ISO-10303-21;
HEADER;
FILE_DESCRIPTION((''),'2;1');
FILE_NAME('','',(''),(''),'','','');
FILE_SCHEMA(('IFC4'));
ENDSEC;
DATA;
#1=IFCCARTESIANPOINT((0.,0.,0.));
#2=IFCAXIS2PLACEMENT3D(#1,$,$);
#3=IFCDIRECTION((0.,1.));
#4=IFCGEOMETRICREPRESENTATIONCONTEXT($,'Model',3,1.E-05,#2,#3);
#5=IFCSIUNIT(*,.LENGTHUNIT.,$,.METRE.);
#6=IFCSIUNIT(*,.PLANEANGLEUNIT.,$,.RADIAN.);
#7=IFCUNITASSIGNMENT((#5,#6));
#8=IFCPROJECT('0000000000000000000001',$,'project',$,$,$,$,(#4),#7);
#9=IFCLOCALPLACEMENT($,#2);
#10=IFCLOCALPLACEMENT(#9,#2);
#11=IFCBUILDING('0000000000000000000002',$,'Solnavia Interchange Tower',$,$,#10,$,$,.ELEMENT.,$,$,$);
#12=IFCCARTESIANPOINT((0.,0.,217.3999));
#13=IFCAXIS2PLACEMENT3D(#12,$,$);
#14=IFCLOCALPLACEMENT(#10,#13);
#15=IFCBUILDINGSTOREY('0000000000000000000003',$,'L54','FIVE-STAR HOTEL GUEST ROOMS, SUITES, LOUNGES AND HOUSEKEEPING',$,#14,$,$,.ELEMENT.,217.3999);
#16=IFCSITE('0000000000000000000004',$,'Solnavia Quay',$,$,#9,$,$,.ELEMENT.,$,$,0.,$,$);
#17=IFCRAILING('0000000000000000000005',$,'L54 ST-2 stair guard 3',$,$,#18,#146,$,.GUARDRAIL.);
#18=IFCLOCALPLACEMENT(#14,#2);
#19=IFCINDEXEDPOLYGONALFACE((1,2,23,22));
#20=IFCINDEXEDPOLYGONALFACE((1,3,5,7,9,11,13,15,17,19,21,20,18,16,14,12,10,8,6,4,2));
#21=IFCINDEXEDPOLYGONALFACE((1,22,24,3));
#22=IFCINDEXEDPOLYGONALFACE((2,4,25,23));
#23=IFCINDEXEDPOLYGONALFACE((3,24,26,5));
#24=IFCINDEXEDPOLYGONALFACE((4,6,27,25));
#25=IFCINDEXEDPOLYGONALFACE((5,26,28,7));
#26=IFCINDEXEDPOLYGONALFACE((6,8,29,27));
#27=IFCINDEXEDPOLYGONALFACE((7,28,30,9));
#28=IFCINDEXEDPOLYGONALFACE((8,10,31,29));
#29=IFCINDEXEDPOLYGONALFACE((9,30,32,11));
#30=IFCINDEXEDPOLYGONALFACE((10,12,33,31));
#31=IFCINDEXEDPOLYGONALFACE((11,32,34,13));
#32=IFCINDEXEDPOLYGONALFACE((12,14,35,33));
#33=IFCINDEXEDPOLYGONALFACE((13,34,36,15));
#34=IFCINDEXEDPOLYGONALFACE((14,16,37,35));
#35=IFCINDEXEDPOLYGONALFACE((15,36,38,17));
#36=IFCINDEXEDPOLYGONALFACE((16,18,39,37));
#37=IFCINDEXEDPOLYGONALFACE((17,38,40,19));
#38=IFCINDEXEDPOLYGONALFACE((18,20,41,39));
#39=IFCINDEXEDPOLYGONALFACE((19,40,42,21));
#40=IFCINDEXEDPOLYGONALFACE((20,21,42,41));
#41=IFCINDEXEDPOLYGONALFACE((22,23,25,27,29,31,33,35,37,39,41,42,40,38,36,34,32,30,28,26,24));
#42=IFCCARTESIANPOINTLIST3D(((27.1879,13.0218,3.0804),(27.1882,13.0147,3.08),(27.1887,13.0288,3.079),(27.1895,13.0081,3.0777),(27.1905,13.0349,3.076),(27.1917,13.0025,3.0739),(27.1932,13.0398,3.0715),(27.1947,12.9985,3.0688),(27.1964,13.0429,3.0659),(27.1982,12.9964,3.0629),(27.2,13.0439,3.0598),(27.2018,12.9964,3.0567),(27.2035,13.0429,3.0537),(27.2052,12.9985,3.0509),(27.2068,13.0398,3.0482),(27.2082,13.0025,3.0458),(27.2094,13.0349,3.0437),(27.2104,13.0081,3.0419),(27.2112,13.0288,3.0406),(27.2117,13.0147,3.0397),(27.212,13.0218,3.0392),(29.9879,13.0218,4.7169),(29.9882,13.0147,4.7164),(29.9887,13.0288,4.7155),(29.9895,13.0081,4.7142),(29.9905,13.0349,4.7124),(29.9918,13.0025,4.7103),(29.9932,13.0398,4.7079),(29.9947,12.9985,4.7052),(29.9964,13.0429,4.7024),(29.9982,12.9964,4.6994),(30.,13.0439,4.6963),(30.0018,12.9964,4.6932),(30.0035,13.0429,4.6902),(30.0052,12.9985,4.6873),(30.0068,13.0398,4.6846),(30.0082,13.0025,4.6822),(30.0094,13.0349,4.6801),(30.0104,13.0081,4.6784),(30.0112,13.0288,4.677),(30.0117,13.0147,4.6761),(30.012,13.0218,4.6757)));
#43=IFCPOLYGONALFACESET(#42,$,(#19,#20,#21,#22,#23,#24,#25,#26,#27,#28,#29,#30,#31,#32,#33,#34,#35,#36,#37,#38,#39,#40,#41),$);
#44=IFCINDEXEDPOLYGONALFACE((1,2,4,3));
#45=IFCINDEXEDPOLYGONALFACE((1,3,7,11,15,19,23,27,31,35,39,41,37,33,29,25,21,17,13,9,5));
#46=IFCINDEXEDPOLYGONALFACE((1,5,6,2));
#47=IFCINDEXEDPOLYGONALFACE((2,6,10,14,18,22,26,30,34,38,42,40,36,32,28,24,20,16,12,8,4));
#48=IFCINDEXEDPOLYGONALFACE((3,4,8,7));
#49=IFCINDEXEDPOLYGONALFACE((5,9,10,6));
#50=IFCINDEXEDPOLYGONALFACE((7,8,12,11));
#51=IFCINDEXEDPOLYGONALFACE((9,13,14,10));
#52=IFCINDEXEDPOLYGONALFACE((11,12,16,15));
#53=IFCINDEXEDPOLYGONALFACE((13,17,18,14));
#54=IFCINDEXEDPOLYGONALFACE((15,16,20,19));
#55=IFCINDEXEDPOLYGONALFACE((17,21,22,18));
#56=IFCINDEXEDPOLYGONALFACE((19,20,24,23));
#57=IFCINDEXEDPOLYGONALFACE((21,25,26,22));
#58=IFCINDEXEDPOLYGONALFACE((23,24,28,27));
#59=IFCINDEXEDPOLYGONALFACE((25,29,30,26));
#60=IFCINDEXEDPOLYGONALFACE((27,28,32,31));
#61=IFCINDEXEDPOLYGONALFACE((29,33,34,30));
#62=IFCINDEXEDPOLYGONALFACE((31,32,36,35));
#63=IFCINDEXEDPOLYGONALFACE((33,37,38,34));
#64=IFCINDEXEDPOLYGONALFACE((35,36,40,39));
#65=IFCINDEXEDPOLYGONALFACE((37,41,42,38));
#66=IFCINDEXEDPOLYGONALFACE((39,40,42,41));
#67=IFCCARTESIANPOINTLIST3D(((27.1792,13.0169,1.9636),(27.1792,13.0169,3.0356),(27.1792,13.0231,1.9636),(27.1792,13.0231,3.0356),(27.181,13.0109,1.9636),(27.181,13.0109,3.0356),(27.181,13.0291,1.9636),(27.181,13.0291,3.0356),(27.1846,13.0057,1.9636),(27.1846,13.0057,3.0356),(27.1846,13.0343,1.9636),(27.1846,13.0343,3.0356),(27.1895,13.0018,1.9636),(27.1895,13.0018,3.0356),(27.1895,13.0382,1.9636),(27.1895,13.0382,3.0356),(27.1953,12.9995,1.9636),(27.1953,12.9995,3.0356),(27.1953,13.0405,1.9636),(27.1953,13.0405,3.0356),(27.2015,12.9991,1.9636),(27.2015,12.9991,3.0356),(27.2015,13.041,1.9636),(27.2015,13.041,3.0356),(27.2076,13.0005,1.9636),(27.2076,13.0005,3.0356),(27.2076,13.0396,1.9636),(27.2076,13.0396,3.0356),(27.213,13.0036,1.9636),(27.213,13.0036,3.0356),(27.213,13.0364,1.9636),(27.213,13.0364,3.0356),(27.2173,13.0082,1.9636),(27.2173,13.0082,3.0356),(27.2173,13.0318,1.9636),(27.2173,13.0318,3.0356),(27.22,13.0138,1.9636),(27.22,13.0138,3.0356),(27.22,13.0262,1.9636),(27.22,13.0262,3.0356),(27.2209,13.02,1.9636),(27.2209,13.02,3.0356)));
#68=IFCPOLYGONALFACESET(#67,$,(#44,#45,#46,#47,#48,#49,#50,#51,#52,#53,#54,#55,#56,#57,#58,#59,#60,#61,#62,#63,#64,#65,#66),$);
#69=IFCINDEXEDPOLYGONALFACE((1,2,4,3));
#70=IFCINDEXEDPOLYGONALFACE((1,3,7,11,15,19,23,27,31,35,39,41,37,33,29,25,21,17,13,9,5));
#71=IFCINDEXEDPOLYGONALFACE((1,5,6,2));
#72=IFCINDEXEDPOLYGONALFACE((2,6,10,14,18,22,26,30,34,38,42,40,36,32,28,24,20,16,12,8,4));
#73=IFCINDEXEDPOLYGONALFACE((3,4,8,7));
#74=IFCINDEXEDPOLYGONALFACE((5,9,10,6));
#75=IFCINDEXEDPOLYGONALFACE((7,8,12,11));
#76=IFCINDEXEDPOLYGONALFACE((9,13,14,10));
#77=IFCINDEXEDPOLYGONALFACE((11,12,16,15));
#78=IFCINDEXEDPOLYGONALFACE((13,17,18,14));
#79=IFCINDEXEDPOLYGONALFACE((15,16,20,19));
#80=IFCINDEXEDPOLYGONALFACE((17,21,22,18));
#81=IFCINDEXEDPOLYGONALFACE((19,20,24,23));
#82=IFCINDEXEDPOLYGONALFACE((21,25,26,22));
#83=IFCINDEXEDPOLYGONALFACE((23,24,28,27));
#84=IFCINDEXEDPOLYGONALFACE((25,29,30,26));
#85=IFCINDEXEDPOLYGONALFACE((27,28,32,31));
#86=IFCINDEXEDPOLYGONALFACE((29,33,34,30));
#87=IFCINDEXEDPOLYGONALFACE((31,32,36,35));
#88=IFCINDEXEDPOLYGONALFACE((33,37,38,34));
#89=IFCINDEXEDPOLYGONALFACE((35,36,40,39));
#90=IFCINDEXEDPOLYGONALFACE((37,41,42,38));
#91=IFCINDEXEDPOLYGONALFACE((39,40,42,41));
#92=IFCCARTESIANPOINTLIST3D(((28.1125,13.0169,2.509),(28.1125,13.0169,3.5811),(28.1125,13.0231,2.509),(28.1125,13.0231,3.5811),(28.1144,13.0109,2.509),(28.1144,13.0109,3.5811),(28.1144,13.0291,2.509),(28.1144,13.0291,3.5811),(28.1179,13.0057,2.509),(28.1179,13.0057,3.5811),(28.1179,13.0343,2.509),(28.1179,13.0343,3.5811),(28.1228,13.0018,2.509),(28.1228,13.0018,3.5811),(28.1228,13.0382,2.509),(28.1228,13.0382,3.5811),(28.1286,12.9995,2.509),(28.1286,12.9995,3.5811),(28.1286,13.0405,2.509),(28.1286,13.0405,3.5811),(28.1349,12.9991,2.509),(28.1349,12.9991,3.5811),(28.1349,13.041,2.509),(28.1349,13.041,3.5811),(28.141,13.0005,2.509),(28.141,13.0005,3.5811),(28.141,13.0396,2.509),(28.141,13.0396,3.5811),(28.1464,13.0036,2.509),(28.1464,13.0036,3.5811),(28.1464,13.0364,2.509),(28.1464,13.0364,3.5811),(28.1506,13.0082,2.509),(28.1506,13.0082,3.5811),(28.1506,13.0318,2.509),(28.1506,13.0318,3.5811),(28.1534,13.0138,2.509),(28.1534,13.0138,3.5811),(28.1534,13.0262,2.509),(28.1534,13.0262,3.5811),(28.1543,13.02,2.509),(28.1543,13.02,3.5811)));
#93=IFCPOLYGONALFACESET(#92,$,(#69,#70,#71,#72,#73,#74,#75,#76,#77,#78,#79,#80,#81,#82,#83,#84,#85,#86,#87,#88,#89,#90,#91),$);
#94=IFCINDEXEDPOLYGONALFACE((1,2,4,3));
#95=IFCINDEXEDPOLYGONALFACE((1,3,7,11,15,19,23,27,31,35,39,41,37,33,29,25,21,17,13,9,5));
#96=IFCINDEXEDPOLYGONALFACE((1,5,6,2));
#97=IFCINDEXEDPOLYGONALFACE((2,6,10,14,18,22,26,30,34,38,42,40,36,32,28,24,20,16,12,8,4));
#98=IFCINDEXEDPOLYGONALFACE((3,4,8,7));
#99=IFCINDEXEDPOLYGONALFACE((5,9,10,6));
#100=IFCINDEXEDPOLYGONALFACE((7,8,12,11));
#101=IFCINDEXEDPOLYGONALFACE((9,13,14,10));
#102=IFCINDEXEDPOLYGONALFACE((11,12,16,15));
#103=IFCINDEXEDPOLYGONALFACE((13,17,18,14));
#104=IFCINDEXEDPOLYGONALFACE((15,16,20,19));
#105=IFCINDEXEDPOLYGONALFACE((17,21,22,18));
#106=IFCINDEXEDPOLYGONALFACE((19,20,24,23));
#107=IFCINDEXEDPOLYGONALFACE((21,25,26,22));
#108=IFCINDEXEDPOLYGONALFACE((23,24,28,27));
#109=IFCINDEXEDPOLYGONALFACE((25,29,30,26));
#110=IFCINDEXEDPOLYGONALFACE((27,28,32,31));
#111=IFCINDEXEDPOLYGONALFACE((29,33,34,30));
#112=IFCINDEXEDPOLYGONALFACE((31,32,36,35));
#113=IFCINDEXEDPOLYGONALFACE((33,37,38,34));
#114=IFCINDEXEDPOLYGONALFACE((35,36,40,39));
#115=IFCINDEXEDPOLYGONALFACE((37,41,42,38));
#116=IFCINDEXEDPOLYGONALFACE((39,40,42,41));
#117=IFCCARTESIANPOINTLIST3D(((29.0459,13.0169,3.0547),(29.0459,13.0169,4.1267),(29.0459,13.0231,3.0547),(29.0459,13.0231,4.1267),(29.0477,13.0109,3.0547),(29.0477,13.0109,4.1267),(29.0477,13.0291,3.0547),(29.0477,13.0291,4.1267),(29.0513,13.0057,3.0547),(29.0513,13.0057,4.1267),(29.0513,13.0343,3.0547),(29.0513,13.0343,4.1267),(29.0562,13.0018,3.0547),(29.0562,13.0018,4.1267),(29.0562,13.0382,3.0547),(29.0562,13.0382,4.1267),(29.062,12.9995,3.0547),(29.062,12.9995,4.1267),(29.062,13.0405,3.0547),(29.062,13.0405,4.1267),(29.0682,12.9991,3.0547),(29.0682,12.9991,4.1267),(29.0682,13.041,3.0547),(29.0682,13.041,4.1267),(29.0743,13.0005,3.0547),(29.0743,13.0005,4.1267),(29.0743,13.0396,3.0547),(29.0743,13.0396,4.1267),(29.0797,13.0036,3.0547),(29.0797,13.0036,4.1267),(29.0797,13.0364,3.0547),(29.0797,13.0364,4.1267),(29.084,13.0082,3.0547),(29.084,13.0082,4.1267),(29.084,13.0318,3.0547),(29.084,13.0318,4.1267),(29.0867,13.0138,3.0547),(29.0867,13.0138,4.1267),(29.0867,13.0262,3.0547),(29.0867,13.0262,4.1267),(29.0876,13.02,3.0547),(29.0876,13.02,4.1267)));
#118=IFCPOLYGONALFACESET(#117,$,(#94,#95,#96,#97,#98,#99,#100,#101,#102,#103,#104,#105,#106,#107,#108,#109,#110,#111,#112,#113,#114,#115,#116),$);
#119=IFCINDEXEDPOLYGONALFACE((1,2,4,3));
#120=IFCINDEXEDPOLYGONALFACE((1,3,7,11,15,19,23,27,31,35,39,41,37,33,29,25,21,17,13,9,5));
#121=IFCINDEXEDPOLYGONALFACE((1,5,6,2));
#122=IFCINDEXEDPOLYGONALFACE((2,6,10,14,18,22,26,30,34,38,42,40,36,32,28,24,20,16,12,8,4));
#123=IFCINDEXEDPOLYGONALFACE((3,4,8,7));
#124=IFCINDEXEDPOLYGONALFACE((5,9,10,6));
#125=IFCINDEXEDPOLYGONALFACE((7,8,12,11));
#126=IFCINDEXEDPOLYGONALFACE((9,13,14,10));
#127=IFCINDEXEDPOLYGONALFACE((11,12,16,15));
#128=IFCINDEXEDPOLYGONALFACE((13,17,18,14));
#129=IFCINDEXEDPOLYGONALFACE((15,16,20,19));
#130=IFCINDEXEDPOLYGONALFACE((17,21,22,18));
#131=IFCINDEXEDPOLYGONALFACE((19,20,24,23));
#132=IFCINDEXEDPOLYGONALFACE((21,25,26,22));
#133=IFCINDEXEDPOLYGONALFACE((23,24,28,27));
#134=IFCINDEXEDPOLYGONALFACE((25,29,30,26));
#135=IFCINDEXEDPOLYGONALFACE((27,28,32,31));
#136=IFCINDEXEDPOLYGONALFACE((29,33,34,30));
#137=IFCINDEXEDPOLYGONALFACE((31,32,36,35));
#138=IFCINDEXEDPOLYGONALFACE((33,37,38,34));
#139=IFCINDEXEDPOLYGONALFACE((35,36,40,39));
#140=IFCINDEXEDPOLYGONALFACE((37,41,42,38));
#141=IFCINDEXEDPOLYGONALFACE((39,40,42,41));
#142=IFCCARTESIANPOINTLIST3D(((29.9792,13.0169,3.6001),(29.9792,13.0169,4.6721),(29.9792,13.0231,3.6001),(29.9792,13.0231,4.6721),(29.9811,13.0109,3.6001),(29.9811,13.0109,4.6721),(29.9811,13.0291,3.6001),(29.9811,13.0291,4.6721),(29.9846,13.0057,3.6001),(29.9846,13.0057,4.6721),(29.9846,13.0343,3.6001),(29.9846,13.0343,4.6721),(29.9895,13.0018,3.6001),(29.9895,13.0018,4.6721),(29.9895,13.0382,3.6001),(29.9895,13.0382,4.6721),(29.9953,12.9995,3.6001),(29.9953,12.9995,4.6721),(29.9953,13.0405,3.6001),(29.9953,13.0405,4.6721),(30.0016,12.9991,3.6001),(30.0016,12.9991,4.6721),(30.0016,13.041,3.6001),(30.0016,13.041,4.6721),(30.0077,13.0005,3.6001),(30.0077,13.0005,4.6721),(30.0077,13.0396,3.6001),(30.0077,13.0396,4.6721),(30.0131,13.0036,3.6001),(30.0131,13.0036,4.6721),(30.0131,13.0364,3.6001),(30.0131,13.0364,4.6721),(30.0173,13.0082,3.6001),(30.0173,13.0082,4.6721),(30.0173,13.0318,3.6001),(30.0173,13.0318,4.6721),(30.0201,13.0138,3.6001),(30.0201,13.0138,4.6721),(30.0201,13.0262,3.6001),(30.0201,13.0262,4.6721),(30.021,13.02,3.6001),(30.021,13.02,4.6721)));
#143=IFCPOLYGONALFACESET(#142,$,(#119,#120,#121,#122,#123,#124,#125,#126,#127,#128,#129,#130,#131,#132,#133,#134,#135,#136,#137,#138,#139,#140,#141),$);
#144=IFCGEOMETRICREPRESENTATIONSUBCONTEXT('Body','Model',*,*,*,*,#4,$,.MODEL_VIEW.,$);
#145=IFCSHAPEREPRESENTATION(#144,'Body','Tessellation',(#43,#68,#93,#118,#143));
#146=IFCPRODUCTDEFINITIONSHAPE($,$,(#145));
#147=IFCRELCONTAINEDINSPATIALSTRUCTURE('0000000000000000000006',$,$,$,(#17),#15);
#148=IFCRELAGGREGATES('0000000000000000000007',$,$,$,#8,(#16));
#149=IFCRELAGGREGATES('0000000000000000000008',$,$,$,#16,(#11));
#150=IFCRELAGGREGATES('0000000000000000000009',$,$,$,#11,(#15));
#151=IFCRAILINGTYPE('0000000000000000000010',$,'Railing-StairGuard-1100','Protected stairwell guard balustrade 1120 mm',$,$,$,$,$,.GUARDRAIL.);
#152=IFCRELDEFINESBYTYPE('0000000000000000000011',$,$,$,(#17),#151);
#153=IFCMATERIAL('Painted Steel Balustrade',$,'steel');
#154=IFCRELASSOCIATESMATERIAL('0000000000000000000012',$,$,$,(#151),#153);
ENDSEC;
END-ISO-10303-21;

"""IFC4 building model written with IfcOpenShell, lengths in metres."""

from ifc_helpers import new_model, si_unit, direction, frame, origin, origin_2d, place, context, subcontext, project, spatial, circle, extrude, material, type_object, element, save


model = new_model("IFC4")

# Units and contexts
model_context = context("Model", 3, precision=1e-05, world=origin(), true_north=direction((0.0, 1.0)))
body_context = subcontext(model_context, "Body", "Model", "MODEL_VIEW")
ifc_project = project(units=[si_unit("LENGTHUNIT", "METRE"), si_unit("PLANEANGLEUNIT", "RADIAN")], contexts=[model_context])

# Site, building, storey
site_placement = place(None, origin())
site = spatial("IfcSite", under=ifc_project, at=site_placement, Name="Solnavia Quay", CompositionType="ELEMENT", RefElevation=0.0)
building_placement = place(site_placement, origin())
building = spatial("IfcBuilding", under=site, at=building_placement, Name="Solnavia Interchange Tower", CompositionType="ELEMENT")
storey_placement = place(building_placement, frame((0.0, 0.0, 217.3999)))
storey = spatial("IfcBuildingStorey", under=building, at=storey_placement, Name="L54", Description="FIVE-STAR HOTEL GUEST ROOMS, SUITES, LOUNGES AND HOUSEKEEPING", CompositionType="ELEMENT", Elevation=217.3999)

# Railing
ifc_material_1 = material(Name="Painted Steel Balustrade", Category="steel")
railing_type_1 = type_object("IfcRailingType", Name="Railing-StairGuard-1100", Description="Protected stairwell guard balustrade 1120 mm", PredefinedType="GUARDRAIL", material=ifc_material_1)
railing_1_placement = place(storey_placement, frame((27.2, 13.02, 1.9636)))
element("IfcRailing", 1, at=railing_1_placement, inside=storey, type_object=railing_type_1, Name="L54 ST-2 stair guard 3", PredefinedType="GUARDRAIL", context=body_context, shape_type="SweptSolid", body=[
    extrude(circle(Radius=0.0239, at=origin_2d()), frame((0.0, 0.0, 1.0962), z_axis=(0.863361, 0.0, 0.504587), x_axis=(0.0, 1.0, 0.0)), (0.0, 0.0, 1.0), 3.2432),
    extrude(circle(Radius=0.021, at=origin_2d()), origin(), (0.0, 0.0, 1.0), 1.072),
    extrude(circle(Radius=0.021, at=origin_2d()), frame((0.9333, 0.0, 0.5454)), (0.0, 0.0, 1.0), 1.072),
    extrude(circle(Radius=0.021, at=origin_2d()), frame((1.8667, 0.0, 1.0911)), (0.0, 0.0, 1.0), 1.072),
    extrude(circle(Radius=0.021, at=origin_2d()), frame((2.8, 0.0, 1.6365)), (0.0, 0.0, 1.0), 1.072),
])

save(model, "model.ifc")
